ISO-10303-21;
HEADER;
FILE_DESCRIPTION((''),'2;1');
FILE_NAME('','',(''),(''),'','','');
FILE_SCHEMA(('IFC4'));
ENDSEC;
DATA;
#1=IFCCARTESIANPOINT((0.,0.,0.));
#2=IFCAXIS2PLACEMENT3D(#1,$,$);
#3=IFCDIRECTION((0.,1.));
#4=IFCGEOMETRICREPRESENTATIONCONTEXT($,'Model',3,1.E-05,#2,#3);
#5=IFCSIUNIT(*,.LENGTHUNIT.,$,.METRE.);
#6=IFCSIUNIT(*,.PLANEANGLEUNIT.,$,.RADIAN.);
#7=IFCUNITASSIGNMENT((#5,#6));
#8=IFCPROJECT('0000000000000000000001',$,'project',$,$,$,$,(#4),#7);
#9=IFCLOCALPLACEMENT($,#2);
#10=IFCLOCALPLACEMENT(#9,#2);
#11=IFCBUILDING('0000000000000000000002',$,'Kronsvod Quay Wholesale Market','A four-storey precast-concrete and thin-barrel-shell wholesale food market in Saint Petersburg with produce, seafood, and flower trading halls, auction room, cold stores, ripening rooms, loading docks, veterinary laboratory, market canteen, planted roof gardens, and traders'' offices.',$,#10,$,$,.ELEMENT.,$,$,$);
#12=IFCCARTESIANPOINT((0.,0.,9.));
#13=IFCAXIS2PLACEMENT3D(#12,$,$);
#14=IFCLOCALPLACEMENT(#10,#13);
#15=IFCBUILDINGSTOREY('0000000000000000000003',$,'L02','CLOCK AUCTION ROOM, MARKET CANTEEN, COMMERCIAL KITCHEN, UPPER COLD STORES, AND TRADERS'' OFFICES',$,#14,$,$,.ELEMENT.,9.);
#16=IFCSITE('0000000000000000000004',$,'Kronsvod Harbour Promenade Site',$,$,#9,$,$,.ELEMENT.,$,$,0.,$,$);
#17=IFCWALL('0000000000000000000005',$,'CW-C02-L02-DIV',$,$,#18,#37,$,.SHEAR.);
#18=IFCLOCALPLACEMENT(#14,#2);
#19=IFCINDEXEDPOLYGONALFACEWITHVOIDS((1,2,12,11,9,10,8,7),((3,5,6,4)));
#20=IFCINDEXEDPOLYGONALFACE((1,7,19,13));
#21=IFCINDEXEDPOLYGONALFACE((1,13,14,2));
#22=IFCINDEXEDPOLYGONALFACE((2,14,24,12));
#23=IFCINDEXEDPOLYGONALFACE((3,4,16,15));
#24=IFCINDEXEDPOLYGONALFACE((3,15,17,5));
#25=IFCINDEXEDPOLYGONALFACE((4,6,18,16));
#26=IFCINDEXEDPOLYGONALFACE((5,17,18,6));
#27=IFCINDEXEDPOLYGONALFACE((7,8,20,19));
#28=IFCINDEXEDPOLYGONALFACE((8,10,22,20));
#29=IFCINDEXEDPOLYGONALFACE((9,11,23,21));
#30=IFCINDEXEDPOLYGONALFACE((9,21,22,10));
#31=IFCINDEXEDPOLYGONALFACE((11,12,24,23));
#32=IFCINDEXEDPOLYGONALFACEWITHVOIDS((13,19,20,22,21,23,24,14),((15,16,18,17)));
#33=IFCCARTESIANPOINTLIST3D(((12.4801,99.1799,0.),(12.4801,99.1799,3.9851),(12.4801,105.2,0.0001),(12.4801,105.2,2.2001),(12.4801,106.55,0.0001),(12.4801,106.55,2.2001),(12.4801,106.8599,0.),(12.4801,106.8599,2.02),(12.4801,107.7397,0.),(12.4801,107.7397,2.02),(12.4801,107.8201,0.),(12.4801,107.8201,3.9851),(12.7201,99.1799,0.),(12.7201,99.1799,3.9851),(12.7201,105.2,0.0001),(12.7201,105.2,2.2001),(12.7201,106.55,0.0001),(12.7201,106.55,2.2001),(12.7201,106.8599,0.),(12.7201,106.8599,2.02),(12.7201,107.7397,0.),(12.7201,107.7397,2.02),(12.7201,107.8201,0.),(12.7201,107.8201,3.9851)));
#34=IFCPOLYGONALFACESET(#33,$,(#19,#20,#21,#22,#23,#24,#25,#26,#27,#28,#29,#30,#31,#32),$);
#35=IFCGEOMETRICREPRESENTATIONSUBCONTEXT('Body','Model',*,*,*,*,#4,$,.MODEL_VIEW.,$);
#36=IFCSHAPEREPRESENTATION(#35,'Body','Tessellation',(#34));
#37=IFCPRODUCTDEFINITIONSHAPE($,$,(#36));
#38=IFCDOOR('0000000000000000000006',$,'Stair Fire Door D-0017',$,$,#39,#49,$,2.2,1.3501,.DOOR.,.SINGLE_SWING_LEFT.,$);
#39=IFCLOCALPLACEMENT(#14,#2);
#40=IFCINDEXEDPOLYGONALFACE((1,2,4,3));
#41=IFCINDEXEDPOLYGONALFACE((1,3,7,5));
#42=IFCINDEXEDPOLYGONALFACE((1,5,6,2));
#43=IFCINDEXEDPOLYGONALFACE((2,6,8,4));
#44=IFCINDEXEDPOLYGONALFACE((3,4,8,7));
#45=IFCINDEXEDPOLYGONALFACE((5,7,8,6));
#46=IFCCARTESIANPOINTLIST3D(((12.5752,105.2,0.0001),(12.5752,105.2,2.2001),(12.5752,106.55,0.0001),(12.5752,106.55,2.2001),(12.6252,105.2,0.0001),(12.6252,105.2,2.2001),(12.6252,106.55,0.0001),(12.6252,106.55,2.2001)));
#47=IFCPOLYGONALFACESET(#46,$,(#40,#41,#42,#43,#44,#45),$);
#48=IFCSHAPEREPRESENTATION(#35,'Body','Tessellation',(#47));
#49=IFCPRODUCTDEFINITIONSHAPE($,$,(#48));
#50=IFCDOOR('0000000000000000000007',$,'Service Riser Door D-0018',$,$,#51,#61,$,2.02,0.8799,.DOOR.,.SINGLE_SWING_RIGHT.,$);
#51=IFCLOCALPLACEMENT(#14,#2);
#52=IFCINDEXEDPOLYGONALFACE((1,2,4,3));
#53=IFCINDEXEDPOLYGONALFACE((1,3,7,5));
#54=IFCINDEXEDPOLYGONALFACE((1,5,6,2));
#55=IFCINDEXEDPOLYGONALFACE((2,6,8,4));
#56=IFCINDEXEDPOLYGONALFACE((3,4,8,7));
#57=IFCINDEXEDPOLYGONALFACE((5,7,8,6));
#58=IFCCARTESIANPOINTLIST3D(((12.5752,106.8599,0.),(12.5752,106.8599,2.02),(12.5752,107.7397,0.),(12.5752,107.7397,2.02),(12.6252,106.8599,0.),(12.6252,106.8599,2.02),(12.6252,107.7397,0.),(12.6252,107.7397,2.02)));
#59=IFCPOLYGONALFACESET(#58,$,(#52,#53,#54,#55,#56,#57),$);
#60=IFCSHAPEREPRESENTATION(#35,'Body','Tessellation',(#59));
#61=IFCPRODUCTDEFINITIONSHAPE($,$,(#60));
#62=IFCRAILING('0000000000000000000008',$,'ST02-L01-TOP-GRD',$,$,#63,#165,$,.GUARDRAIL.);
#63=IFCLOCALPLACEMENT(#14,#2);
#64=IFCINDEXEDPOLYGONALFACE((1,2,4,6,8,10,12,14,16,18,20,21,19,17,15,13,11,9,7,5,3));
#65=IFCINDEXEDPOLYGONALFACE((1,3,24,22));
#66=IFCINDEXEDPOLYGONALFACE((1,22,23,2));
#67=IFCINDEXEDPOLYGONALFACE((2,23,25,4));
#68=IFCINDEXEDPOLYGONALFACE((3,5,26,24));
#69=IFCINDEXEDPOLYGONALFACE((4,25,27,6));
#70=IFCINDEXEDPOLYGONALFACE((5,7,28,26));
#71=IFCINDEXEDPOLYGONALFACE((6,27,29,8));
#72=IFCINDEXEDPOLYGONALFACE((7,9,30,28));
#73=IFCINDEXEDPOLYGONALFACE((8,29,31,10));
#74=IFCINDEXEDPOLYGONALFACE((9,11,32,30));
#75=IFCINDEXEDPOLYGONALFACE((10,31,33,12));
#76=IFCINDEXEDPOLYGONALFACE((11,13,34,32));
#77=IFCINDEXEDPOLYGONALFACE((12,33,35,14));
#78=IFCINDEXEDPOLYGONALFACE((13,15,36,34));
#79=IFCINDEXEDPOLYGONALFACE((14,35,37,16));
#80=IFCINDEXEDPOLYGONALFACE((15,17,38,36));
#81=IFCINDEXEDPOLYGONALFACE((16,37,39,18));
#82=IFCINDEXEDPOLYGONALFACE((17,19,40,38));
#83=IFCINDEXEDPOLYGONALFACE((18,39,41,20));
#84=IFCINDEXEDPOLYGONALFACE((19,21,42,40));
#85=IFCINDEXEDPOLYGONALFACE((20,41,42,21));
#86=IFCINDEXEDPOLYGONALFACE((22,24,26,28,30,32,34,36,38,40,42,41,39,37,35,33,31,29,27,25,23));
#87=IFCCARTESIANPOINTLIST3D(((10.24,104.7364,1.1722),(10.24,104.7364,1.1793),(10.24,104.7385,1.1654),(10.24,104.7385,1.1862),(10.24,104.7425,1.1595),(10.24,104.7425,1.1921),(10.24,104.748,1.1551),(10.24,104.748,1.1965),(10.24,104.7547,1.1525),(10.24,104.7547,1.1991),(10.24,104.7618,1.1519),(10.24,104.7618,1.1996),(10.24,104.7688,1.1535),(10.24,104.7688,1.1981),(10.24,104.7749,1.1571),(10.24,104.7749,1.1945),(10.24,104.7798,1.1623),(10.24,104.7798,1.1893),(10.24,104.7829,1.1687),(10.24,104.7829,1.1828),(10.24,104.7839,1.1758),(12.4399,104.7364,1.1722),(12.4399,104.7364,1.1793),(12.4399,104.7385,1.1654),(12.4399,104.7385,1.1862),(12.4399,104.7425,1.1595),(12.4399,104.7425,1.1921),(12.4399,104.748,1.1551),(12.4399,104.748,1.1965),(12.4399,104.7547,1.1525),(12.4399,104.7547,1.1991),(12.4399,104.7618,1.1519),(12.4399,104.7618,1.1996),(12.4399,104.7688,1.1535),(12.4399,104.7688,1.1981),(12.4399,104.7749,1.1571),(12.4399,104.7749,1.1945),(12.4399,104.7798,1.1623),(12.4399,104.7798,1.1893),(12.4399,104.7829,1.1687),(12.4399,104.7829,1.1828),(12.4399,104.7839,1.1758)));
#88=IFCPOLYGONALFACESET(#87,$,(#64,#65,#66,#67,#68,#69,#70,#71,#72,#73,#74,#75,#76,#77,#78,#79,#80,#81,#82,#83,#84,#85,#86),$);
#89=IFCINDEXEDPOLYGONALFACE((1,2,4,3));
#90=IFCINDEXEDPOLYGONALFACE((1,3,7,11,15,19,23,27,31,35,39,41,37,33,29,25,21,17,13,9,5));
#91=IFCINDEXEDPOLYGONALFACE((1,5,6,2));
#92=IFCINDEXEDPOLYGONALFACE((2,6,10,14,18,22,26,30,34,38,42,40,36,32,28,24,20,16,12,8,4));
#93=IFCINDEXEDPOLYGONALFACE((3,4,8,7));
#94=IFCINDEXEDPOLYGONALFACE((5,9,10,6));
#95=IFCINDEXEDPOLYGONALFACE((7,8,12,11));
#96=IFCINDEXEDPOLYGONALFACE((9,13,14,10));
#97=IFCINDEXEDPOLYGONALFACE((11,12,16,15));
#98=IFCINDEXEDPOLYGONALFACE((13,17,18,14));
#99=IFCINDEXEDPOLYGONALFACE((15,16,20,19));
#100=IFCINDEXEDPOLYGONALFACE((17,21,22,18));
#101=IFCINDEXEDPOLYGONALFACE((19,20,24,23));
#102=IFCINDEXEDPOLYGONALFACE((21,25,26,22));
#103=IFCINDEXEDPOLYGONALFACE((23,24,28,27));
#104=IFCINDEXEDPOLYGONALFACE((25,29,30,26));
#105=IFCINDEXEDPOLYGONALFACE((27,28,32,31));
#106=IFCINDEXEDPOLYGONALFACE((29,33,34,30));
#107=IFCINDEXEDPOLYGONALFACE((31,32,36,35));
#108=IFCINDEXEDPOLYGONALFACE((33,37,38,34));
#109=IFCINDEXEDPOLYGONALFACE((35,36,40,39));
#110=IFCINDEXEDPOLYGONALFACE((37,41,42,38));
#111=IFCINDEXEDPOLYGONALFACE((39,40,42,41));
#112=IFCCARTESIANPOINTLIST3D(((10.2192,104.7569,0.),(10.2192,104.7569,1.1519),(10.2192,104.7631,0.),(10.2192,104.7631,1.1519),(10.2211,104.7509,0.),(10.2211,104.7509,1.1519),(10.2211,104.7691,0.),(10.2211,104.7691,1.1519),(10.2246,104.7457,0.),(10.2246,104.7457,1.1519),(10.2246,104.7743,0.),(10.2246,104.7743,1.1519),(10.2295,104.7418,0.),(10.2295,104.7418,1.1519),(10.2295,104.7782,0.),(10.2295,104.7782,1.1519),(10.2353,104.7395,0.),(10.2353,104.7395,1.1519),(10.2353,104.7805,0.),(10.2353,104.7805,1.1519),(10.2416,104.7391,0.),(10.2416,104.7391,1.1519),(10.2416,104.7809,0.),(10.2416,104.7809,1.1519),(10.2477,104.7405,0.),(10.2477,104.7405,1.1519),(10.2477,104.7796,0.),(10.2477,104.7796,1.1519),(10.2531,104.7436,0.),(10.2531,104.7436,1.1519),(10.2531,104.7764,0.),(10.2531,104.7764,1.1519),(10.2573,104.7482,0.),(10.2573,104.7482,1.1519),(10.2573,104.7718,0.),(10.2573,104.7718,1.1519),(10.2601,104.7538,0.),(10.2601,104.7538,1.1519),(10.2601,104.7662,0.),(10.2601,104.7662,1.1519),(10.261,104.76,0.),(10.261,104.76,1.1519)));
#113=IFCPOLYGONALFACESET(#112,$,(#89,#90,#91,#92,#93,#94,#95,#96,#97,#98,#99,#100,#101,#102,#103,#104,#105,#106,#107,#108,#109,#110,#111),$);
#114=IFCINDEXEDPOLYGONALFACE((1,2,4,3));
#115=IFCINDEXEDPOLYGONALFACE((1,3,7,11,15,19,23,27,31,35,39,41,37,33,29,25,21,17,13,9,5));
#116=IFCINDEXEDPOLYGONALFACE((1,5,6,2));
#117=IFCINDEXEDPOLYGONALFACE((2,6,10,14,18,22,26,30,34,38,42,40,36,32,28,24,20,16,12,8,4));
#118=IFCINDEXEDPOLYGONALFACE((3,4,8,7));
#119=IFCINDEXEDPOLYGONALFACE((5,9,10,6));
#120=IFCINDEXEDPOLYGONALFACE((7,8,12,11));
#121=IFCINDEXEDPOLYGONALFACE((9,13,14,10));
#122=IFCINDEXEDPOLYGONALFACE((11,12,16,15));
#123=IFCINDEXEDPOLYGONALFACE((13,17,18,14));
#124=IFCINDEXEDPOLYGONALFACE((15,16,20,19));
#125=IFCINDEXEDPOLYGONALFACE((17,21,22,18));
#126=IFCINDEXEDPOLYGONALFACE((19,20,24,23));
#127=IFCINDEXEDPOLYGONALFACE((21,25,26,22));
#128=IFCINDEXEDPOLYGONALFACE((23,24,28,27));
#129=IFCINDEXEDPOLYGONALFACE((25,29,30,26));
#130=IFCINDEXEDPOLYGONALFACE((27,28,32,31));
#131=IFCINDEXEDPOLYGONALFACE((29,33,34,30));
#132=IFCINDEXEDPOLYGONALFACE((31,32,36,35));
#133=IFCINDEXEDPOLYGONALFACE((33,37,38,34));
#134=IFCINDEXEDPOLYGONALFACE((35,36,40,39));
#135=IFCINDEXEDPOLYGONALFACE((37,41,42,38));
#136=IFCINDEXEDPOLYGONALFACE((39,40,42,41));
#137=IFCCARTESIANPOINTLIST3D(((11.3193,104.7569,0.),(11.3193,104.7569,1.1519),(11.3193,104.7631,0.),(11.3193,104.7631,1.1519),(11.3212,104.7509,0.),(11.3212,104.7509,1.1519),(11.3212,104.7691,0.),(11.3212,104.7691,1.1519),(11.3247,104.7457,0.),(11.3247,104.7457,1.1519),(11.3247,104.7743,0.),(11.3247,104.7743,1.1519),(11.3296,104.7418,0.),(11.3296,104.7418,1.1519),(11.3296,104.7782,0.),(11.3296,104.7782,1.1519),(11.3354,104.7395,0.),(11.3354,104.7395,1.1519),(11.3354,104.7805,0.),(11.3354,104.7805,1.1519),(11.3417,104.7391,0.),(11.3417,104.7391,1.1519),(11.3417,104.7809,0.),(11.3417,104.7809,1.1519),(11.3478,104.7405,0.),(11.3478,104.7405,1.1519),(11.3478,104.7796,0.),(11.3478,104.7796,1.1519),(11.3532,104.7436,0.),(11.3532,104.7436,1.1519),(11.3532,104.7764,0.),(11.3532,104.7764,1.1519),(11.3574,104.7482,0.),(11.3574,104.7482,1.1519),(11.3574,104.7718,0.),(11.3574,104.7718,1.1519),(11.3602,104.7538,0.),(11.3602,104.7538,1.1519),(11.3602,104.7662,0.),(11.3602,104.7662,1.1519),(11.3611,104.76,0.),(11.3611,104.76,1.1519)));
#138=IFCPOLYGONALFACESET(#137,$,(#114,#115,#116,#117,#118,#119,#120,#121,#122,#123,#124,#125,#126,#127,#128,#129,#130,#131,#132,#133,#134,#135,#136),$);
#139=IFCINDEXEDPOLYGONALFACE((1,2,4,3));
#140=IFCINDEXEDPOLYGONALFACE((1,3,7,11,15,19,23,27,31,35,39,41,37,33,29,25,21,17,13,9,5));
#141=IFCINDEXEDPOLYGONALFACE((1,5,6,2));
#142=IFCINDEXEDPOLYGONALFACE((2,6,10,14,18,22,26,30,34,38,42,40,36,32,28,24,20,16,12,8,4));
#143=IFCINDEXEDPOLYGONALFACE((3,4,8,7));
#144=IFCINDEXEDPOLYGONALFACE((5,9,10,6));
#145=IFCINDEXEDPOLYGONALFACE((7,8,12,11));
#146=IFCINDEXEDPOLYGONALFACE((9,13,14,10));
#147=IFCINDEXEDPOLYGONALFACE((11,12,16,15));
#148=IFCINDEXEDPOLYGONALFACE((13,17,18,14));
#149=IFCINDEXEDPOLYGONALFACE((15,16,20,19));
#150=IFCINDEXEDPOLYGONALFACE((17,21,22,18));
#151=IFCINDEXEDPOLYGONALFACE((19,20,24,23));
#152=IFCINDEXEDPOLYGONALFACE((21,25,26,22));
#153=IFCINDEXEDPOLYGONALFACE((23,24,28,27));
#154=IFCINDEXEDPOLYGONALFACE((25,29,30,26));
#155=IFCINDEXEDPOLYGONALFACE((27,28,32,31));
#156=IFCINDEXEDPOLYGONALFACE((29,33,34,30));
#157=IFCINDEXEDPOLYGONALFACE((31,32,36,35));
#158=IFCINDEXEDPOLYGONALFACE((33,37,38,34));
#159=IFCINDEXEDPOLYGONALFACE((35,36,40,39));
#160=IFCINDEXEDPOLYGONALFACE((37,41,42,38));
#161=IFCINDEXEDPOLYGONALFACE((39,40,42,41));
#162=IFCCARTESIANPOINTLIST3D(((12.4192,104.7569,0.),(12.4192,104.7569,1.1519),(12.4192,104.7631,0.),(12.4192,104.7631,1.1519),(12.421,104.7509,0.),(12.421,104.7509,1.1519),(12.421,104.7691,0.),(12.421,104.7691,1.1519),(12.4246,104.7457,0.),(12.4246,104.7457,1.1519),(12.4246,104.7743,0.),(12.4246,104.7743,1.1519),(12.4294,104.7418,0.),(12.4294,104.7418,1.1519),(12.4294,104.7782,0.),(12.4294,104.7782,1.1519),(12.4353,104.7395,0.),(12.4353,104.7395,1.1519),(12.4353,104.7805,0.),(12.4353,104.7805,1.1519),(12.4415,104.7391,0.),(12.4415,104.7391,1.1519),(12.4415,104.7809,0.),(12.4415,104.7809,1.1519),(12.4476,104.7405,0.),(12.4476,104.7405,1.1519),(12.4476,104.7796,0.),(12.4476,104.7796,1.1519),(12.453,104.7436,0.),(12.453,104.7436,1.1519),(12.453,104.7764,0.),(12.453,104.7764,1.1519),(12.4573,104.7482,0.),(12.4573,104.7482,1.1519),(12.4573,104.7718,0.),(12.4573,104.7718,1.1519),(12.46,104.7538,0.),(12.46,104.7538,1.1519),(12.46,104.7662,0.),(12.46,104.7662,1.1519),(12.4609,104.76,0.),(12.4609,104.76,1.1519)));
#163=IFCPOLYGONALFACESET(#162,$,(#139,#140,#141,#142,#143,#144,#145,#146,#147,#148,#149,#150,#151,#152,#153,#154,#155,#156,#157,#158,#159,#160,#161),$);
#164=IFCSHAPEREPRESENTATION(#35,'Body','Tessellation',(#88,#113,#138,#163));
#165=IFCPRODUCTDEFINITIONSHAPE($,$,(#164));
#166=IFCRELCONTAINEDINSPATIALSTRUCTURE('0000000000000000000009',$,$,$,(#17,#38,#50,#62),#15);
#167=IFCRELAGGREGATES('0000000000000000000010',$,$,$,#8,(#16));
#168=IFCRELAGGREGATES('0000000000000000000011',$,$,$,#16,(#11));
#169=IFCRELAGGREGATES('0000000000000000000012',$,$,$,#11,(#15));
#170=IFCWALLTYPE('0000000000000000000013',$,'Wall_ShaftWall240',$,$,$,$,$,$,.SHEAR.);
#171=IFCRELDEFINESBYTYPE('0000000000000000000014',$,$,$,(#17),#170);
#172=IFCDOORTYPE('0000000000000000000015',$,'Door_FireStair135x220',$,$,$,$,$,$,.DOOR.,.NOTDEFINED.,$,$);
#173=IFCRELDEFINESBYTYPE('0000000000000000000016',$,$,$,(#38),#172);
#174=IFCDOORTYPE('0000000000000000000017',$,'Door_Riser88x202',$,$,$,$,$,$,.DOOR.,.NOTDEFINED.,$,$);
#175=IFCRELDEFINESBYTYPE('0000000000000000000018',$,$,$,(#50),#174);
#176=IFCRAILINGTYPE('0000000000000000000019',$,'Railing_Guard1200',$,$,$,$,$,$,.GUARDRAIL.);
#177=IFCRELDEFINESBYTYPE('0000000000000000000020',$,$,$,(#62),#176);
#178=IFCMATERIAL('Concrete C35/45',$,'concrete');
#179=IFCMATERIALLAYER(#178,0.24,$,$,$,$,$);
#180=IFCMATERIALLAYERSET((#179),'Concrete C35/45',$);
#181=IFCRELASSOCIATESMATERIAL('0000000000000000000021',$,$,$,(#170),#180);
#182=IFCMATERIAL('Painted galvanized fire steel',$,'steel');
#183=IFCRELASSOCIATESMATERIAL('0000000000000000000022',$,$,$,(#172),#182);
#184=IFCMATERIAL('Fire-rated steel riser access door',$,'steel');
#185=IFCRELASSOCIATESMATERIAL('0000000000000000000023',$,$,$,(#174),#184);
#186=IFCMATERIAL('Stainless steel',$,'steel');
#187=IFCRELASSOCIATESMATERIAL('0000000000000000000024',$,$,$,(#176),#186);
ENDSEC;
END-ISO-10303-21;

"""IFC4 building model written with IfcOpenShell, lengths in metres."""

from ifc_helpers import new_model, si_unit, direction, frame, frame_2d, origin, origin_2d, place, context, subcontext, project, spatial, rectangle, circle, extrude, material, layer, layer_set, type_object, element, fill, save


model = new_model("IFC4")

# Units and contexts
model_context = context("Model", 3, precision=1e-05, world=origin(), true_north=direction((0.0, 1.0)))
body_context = subcontext(model_context, "Body", "Model", "MODEL_VIEW")
ifc_project = project(units=[si_unit("LENGTHUNIT", "METRE"), si_unit("PLANEANGLEUNIT", "RADIAN")], contexts=[model_context])

# Site, building, storey
site_placement = place(None, origin())
site = spatial("IfcSite", under=ifc_project, at=site_placement, Name="Kronsvod Harbour Promenade Site", CompositionType="ELEMENT", RefElevation=0.0)
building_placement = place(site_placement, origin())
building = spatial("IfcBuilding", under=site, at=building_placement, Name="Kronsvod Quay Wholesale Market", Description="A four-storey precast-concrete and thin-barrel-shell wholesale food market in Saint Petersburg with produce, seafood, and flower trading halls, auction room, cold stores, ripening rooms, loading docks, veterinary laboratory, market canteen, planted roof gardens, and traders' offices.", CompositionType="ELEMENT")
storey_placement = place(building_placement, frame((0.0, 0.0, 9.0)))
storey = spatial("IfcBuildingStorey", under=building, at=storey_placement, Name="L02", Description="CLOCK AUCTION ROOM, MARKET CANTEEN, COMMERCIAL KITCHEN, UPPER COLD STORES, AND TRADERS' OFFICES", CompositionType="ELEMENT", Elevation=9.0)

# Wall, openings, doors
ifc_material_1 = material(Name="Concrete C35/45", Category="concrete")
ifc_layer_1 = layer(ifc_material_1, 0.24)
ifc_layer_set_1 = layer_set([ifc_layer_1], Name="Concrete C35/45")
wall_type_1 = type_object("IfcWallType", Name="Wall_ShaftWall240", PredefinedType="SHEAR", material=ifc_layer_set_1)
wall_1_placement = place(storey_placement, frame((12.6001, 99.1799, 0.0), z_axis=(0.0, 0.0, 1.0), x_axis=(0.0, 1.0, 0.0)))
wall_1 = element("IfcWall", 1, at=wall_1_placement, inside=storey, type_object=wall_type_1, Name="CW-C02-L02-DIV", PredefinedType="SHEAR", context=body_context, shape_type="SweptSolid", body=[
    extrude(rectangle(XDim=8.6401, YDim=0.24, at=frame_2d((4.3201, 0.0))), origin(), (0.0, 0.0, 1.0), 3.9851),
])
opening_1_placement = place(wall_1_placement, frame((6.02, 0.0, 0.0)))
opening_1 = element("IfcOpeningElement", 2, at=opening_1_placement, cuts=wall_1, PredefinedType="OPENING", context=body_context, shape_type="SweptSolid", body=[
    extrude(rectangle(XDim=1.3501, YDim=2.2, at=frame_2d((0.675, 1.1001))), frame((0.0, 0.1299, 0.0), z_axis=(0.0, -1.0, 0.0), x_axis=(1.0, 0.0, 0.0)), (0.0, 0.0, 1.0), 0.26),
])
opening_2_placement = place(wall_1_placement, frame((7.6799, 0.0, 0.0)))
opening_2 = element("IfcOpeningElement", 3, at=opening_2_placement, cuts=wall_1, PredefinedType="OPENING", context=body_context, shape_type="SweptSolid", body=[
    extrude(rectangle(XDim=0.8799, YDim=2.02, at=frame_2d((0.4399, 1.01))), frame((0.0, 0.1299, 0.0), z_axis=(0.0, -1.0, 0.0), x_axis=(1.0, 0.0, 0.0)), (0.0, 0.0, 1.0), 0.26),
])
ifc_material_2 = material(Name="Painted galvanized fire steel", Category="steel")
door_type_1 = type_object("IfcDoorType", Name="Door_FireStair135x220", OperationType="NOTDEFINED", PredefinedType="DOOR", material=ifc_material_2)
door_1_placement = place(opening_1_placement, origin())
door_1 = element("IfcDoor", 4, at=door_1_placement, inside=storey, type_object=door_type_1, Name="Stair Fire Door D-0017", OperationType="SINGLE_SWING_LEFT", OverallHeight=2.2, OverallWidth=1.3501, PredefinedType="DOOR", context=body_context, shape_type="SweptSolid", body=[
    extrude(rectangle(XDim=1.3501, YDim=2.2, at=frame_2d((0.675, 1.1001))), frame((0.0, 0.0249, 0.0), z_axis=(0.0, -1.0, 0.0), x_axis=(1.0, 0.0, 0.0)), (0.0, 0.0, 1.0), 0.05),
])
fill(opening_1, door_1)
ifc_material_3 = material(Name="Fire-rated steel riser access door", Category="steel")
door_type_2 = type_object("IfcDoorType", Name="Door_Riser88x202", OperationType="NOTDEFINED", PredefinedType="DOOR", material=ifc_material_3)
door_2_placement = place(opening_2_placement, origin())
door_2 = element("IfcDoor", 5, at=door_2_placement, inside=storey, type_object=door_type_2, Name="Service Riser Door D-0018", OperationType="SINGLE_SWING_RIGHT", OverallHeight=2.02, OverallWidth=0.8799, PredefinedType="DOOR", context=body_context, shape_type="SweptSolid", body=[
    extrude(rectangle(XDim=0.8799, YDim=2.02, at=frame_2d((0.4399, 1.01))), frame((0.0, 0.0249, 0.0), z_axis=(0.0, -1.0, 0.0), x_axis=(1.0, 0.0, 0.0)), (0.0, 0.0, 1.0), 0.05),
])
fill(opening_2, door_2)

# Railing
ifc_material_4 = material(Name="Stainless steel", Category="steel")
railing_type = type_object("IfcRailingType", Name="Railing_Guard1200", PredefinedType="GUARDRAIL", material=ifc_material_4)
railing_placement = place(storey_placement, frame((10.24, 104.76, 0.0)))
element("IfcRailing", 6, at=railing_placement, inside=storey, type_object=railing_type, Name="ST02-L01-TOP-GRD", PredefinedType="GUARDRAIL", context=body_context, shape_type="SweptSolid", body=[
    extrude(circle(Radius=0.0239, at=origin_2d()), frame((0.0, 0.0, 1.1758), z_axis=(1.0, 0.0, 0.0), x_axis=(0.0, 1.0, 0.0)), (0.0, 0.0, 1.0), 2.2),
    extrude(circle(Radius=0.021, at=origin_2d()), origin(), (0.0, 0.0, 1.0), 1.1519),
    extrude(circle(Radius=0.021, at=origin_2d()), frame((1.1001, 0.0, 0.0)), (0.0, 0.0, 1.0), 1.1519),
    extrude(circle(Radius=0.021, at=origin_2d()), frame((2.2, 0.0, 0.0)), (0.0, 0.0, 1.0), 1.1519),
])

save(model, "model.ifc")
